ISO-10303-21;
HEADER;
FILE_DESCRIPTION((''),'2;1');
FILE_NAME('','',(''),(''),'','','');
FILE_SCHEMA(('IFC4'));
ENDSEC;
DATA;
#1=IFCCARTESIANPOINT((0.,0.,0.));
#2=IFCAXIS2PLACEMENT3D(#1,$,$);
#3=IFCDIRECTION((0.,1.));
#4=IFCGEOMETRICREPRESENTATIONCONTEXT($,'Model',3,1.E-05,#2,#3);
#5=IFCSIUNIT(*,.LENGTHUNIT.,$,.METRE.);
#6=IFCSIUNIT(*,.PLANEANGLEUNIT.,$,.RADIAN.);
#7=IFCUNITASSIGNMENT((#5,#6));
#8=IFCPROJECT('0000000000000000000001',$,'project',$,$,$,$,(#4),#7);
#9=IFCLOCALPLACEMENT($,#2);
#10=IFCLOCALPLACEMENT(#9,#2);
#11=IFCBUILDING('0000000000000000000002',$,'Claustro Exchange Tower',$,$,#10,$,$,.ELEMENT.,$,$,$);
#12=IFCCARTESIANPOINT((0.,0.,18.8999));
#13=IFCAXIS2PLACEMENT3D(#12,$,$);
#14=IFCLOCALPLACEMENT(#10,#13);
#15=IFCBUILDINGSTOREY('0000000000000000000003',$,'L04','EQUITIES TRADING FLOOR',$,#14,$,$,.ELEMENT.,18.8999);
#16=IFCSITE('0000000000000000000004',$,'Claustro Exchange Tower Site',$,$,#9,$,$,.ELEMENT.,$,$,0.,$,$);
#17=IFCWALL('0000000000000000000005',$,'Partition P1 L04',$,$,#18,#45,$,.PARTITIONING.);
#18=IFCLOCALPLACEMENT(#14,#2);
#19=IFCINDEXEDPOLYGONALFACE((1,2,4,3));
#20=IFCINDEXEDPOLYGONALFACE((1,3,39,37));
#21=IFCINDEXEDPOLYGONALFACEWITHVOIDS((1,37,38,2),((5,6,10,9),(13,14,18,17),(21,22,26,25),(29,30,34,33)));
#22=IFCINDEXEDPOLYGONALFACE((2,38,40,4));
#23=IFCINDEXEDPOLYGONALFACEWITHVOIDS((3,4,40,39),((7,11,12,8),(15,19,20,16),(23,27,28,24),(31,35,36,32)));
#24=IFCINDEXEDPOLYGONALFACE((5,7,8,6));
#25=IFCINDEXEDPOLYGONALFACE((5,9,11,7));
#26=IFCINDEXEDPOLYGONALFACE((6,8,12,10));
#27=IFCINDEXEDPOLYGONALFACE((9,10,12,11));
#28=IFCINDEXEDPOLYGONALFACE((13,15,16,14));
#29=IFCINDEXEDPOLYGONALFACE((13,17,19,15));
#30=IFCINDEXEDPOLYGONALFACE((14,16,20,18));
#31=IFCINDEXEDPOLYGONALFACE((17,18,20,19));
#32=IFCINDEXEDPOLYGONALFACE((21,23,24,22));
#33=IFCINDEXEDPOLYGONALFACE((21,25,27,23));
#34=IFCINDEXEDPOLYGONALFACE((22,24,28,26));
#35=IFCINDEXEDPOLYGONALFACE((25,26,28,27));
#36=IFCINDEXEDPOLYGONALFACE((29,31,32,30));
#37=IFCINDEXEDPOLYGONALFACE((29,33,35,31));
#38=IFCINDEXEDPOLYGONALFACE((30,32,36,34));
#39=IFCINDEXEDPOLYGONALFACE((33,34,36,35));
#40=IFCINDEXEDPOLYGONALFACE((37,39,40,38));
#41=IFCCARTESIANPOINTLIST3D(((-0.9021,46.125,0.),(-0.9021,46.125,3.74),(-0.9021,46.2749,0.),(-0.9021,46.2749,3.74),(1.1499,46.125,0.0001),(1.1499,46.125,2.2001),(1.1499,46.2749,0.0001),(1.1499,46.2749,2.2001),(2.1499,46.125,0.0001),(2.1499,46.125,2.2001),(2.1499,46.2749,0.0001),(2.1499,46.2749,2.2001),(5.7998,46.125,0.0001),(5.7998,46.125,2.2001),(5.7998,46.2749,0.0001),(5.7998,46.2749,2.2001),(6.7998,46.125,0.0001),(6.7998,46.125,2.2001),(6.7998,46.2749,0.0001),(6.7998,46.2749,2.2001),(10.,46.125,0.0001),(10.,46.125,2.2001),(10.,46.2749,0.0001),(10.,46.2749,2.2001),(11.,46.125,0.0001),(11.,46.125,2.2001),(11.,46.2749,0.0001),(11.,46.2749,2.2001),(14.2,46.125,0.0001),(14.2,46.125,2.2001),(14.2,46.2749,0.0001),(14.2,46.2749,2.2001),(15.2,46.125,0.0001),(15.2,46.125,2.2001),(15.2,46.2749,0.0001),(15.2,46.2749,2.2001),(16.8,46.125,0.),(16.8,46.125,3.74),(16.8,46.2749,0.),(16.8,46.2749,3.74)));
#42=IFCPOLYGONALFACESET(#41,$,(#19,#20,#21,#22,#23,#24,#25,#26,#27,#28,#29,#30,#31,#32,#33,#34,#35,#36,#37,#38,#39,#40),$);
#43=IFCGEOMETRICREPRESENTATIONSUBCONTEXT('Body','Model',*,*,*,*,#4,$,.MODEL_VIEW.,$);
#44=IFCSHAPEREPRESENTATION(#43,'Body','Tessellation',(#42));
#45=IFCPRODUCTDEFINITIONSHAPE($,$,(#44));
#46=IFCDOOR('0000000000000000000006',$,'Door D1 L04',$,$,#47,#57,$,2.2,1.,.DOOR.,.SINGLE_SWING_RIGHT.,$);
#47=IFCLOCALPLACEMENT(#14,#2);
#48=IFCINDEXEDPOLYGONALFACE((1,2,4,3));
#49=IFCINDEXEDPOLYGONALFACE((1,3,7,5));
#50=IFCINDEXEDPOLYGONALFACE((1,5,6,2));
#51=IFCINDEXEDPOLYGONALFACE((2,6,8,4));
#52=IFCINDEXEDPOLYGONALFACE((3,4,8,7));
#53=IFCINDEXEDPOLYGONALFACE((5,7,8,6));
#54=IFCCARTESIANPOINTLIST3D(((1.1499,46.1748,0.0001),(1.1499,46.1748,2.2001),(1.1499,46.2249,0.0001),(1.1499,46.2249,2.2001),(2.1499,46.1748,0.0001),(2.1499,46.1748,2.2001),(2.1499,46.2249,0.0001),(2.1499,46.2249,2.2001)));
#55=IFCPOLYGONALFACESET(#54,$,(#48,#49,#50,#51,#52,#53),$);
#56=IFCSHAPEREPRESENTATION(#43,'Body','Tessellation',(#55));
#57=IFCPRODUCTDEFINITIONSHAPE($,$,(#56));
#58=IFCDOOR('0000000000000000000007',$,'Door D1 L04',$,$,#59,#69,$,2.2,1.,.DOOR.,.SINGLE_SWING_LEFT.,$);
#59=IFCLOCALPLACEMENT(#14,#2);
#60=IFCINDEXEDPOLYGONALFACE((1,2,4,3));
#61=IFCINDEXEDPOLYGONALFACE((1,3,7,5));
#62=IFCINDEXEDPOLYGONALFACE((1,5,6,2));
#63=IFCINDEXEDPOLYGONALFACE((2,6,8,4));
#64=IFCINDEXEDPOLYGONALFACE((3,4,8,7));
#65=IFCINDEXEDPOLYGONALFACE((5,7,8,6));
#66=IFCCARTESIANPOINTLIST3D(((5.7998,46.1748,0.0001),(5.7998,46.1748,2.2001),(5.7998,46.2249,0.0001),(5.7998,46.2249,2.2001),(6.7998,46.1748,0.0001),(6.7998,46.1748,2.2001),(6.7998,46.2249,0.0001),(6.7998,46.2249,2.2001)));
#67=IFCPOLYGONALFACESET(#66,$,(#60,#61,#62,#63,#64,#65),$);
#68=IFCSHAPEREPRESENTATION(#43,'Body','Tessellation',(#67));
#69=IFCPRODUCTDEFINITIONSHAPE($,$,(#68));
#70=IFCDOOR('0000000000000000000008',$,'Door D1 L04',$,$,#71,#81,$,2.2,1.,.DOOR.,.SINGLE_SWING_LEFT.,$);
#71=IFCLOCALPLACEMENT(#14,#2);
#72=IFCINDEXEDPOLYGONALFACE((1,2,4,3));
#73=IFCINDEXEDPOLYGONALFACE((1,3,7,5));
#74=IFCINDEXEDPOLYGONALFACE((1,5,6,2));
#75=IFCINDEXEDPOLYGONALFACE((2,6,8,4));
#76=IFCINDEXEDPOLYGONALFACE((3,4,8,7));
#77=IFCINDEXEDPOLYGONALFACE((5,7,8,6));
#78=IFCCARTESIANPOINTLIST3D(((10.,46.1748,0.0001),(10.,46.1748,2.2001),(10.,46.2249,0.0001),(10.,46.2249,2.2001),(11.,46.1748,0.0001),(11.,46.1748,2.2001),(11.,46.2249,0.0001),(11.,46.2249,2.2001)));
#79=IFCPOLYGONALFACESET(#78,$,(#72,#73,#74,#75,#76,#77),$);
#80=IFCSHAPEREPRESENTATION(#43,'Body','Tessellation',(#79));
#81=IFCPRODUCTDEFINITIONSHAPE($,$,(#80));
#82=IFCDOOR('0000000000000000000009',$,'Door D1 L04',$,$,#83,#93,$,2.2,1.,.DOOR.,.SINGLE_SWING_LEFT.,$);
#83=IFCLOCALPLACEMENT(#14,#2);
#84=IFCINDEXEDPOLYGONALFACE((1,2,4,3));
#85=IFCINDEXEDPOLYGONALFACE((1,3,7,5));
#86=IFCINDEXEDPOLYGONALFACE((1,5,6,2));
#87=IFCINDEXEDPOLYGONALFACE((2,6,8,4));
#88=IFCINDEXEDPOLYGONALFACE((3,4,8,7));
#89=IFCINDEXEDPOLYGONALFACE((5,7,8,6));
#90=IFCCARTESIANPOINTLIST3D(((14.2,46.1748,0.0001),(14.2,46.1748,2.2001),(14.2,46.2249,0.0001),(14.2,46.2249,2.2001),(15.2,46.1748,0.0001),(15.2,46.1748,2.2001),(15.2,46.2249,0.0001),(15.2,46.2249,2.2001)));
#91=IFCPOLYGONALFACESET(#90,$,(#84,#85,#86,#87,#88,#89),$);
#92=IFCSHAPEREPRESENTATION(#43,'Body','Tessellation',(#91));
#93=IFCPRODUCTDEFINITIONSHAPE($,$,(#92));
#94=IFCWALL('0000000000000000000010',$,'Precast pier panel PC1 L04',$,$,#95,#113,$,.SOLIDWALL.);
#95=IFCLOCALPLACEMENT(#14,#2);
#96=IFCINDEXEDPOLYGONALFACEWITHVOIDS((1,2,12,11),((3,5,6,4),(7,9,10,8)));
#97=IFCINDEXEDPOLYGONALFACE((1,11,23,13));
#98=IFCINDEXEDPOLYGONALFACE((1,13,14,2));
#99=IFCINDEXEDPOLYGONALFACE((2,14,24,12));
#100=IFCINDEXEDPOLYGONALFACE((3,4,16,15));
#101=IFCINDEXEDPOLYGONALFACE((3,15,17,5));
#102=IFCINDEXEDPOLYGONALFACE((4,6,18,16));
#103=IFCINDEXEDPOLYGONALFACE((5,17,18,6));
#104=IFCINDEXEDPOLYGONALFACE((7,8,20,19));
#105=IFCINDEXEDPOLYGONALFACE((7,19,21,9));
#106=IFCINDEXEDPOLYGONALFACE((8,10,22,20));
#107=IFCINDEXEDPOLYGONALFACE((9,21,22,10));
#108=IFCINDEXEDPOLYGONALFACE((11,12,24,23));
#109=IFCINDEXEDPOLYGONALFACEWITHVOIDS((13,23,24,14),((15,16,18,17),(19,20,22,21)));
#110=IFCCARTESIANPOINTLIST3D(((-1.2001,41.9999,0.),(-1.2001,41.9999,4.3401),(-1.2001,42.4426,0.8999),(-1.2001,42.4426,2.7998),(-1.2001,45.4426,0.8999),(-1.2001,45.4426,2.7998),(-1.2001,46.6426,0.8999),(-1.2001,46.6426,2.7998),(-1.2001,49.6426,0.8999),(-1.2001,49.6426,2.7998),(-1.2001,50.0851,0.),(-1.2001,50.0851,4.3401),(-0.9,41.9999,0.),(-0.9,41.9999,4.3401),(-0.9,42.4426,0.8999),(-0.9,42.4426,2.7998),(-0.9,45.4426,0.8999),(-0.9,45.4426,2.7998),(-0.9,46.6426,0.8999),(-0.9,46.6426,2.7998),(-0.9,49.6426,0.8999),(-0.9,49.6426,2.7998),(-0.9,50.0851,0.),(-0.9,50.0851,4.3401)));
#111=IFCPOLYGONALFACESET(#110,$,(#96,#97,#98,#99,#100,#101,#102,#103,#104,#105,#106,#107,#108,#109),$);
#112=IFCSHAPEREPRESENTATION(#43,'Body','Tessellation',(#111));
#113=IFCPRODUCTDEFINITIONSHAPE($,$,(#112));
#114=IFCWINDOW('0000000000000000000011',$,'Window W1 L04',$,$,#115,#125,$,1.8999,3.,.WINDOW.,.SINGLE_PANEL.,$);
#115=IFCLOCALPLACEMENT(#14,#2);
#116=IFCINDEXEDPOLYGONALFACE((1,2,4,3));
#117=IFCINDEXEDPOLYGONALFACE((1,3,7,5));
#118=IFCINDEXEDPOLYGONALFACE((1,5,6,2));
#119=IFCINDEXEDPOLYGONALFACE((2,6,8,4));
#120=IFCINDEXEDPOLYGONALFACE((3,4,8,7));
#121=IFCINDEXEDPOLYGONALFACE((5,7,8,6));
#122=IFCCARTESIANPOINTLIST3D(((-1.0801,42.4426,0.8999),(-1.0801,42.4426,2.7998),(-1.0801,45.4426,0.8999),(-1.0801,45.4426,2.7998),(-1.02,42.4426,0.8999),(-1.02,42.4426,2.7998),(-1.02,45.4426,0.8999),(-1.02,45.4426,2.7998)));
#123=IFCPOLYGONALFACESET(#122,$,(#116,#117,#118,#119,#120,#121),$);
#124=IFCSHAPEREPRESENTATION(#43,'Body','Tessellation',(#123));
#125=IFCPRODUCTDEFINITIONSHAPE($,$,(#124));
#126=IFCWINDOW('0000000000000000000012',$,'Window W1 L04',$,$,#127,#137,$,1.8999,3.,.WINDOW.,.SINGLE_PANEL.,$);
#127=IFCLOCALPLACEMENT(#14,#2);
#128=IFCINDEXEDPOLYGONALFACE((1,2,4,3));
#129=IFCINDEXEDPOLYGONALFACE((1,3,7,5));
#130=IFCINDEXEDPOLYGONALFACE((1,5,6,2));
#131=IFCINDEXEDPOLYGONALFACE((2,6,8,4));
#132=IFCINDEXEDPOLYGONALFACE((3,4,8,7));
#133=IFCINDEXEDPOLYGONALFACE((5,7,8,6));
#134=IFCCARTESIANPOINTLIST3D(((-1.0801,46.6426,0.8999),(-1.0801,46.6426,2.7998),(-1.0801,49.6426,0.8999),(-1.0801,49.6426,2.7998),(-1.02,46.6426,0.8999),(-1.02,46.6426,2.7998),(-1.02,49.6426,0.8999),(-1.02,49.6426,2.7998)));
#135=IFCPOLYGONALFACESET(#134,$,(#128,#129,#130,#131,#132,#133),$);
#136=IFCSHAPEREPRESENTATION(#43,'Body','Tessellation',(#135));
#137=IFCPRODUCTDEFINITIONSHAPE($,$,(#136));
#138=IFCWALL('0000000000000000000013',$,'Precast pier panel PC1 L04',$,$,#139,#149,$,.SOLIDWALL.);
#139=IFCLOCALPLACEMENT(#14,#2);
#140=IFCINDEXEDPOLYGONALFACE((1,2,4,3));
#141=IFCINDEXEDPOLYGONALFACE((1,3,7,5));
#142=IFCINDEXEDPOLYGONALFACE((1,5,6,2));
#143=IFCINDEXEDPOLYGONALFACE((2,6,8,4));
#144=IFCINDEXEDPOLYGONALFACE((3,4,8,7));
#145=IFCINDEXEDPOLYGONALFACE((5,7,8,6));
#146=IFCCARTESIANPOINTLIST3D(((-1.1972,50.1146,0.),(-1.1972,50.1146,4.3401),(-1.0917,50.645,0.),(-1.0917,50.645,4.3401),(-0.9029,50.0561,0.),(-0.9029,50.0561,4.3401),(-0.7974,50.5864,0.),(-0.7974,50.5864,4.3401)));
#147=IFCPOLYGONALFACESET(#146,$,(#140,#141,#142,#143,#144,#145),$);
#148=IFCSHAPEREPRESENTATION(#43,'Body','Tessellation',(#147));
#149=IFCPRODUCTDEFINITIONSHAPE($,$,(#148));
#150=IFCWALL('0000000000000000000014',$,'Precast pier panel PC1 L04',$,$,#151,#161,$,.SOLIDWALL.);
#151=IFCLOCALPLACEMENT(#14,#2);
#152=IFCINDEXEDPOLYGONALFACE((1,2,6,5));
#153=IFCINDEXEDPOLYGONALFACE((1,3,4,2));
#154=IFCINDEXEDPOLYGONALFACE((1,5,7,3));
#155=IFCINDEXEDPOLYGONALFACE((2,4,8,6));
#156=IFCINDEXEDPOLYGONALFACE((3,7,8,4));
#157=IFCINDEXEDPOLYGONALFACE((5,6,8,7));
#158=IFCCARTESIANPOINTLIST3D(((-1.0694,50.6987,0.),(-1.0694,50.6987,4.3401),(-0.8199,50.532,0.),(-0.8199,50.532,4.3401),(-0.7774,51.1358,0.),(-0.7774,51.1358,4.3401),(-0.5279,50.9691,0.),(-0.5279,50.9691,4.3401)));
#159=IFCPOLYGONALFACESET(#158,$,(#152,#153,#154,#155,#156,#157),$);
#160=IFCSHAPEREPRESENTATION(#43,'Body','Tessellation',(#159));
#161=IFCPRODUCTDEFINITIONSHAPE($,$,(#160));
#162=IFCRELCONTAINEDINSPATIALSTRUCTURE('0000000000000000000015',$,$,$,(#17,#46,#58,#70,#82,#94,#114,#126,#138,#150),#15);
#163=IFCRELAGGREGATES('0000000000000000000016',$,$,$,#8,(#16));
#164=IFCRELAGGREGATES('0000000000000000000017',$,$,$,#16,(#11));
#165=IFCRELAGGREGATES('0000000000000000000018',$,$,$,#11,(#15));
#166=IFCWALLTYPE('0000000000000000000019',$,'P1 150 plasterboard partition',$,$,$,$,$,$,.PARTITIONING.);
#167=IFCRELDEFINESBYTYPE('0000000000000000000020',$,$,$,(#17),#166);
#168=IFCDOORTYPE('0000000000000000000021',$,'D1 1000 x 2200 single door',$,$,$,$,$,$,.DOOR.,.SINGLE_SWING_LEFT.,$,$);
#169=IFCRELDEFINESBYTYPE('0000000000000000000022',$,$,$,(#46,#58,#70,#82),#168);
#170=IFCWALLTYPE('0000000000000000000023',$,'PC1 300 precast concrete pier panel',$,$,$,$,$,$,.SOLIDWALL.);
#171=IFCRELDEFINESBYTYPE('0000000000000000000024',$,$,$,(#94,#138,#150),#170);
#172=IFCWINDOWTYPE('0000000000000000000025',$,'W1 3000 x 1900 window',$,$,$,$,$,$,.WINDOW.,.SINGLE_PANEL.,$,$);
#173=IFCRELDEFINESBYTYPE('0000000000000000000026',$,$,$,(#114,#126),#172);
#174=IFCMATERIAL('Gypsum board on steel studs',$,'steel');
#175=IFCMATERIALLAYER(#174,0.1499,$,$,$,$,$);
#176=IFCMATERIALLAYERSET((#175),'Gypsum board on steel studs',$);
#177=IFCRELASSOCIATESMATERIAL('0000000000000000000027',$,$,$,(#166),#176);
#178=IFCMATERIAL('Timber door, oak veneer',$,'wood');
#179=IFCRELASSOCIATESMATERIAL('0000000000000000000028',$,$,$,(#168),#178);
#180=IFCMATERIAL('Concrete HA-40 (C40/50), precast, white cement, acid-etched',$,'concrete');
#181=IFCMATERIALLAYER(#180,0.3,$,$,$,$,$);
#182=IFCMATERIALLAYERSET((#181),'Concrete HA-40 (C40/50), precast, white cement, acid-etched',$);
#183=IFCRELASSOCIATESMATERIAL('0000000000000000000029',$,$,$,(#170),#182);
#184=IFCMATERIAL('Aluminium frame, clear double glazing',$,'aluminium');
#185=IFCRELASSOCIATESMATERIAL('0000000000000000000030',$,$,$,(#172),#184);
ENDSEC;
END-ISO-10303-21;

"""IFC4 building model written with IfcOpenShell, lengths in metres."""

from ifc_helpers import new_model, si_unit, direction, frame, frame_2d, origin, place, context, subcontext, project, spatial, rectangle, extrude, material, layer, layer_set, type_object, element, fill, save


model = new_model("IFC4")

# Units and contexts
model_context = context("Model", 3, precision=1e-05, world=origin(), true_north=direction((0.0, 1.0)))
body_context = subcontext(model_context, "Body", "Model", "MODEL_VIEW")
ifc_project = project(units=[si_unit("LENGTHUNIT", "METRE"), si_unit("PLANEANGLEUNIT", "RADIAN")], contexts=[model_context])

# Site, building, storey
site_placement = place(None, origin())
site = spatial("IfcSite", under=ifc_project, at=site_placement, Name="Claustro Exchange Tower Site", CompositionType="ELEMENT", RefElevation=0.0)
building_placement = place(site_placement, origin())
building = spatial("IfcBuilding", under=site, at=building_placement, Name="Claustro Exchange Tower", CompositionType="ELEMENT")
storey_placement = place(building_placement, frame((0.0, 0.0, 18.8999)))
storey = spatial("IfcBuildingStorey", under=building, at=storey_placement, Name="L04", Description="EQUITIES TRADING FLOOR", CompositionType="ELEMENT", Elevation=18.8999)

# Wall, openings, doors
ifc_material_1 = material(Name="Gypsum board on steel studs", Category="steel")
ifc_layer_1 = layer(ifc_material_1, 0.1499)
ifc_layer_set_1 = layer_set([ifc_layer_1], Name="Gypsum board on steel studs")
wall_type_1 = type_object("IfcWallType", Name="P1 150 plasterboard partition", PredefinedType="PARTITIONING", material=ifc_layer_set_1)
wall_1_placement = place(storey_placement, frame((-0.9021, 46.2, 0.0), z_axis=(0.0, 0.0, 1.0), x_axis=(1.0, 0.0, 0.0)))
wall_1 = element("IfcWall", 1, at=wall_1_placement, inside=storey, type_object=wall_type_1, Name="Partition P1 L04", PredefinedType="PARTITIONING", context=body_context, shape_type="SweptSolid", body=[
    extrude(rectangle(XDim=17.7021, YDim=0.1499, at=frame_2d((8.8511, 0.0))), origin(), (0.0, 0.0, 1.0), 3.74),
])
opening_1_placement = place(wall_1_placement, frame((2.052, 0.0, 0.0)))
opening_1 = element("IfcOpeningElement", 2, at=opening_1_placement, cuts=wall_1, PredefinedType="OPENING", context=body_context, shape_type="SweptSolid", body=[
    extrude(rectangle(XDim=1.0, YDim=2.2, at=frame_2d((0.5, 1.1001))), frame((0.0, 0.085, 0.0), z_axis=(0.0, -1.0, 0.0), x_axis=(1.0, 0.0, 0.0)), (0.0, 0.0, 1.0), 0.1699),
])
opening_2_placement = place(wall_1_placement, frame((6.7019, 0.0, 0.0)))
opening_2 = element("IfcOpeningElement", 3, at=opening_2_placement, cuts=wall_1, PredefinedType="OPENING", context=body_context, shape_type="SweptSolid", body=[
    extrude(rectangle(XDim=1.0, YDim=2.2, at=frame_2d((0.5, 1.1001))), frame((0.0, 0.085, 0.0), z_axis=(0.0, -1.0, 0.0), x_axis=(1.0, 0.0, 0.0)), (0.0, 0.0, 1.0), 0.1699),
])
opening_3_placement = place(wall_1_placement, frame((10.9021, 0.0, 0.0)))
opening_3 = element("IfcOpeningElement", 4, at=opening_3_placement, cuts=wall_1, PredefinedType="OPENING", context=body_context, shape_type="SweptSolid", body=[
    extrude(rectangle(XDim=1.0, YDim=2.2, at=frame_2d((0.5, 1.1001))), frame((0.0, 0.085, 0.0), z_axis=(0.0, -1.0, 0.0), x_axis=(1.0, 0.0, 0.0)), (0.0, 0.0, 1.0), 0.1699),
])
opening_4_placement = place(wall_1_placement, frame((15.1021, 0.0, 0.0)))
opening_4 = element("IfcOpeningElement", 5, at=opening_4_placement, cuts=wall_1, PredefinedType="OPENING", context=body_context, shape_type="SweptSolid", body=[
    extrude(rectangle(XDim=1.0, YDim=2.2, at=frame_2d((0.5, 1.1001))), frame((0.0, 0.085, 0.0), z_axis=(0.0, -1.0, 0.0), x_axis=(1.0, 0.0, 0.0)), (0.0, 0.0, 1.0), 0.1699),
])
ifc_material_2 = material(Name="Timber door, oak veneer", Category="wood")
door_type = type_object("IfcDoorType", Name="D1 1000 x 2200 single door", OperationType="SINGLE_SWING_LEFT", PredefinedType="DOOR", material=ifc_material_2)
door_1_placement = place(opening_1_placement, origin())
door_1 = element("IfcDoor", 6, at=door_1_placement, inside=storey, type_object=door_type, Name="Door D1 L04", OperationType="SINGLE_SWING_RIGHT", OverallHeight=2.2, OverallWidth=1.0, PredefinedType="DOOR", context=body_context, shape_type="SweptSolid", body=[
    extrude(rectangle(XDim=1.0, YDim=2.2, at=frame_2d((0.5, 1.1001))), frame((0.0, 0.0249, 0.0), z_axis=(0.0, -1.0, 0.0), x_axis=(1.0, 0.0, 0.0)), (0.0, 0.0, 1.0), 0.05),
])
fill(opening_1, door_1)
door_2_placement = place(opening_2_placement, origin())
door_2 = element("IfcDoor", 7, at=door_2_placement, inside=storey, type_object=door_type, Name="Door D1 L04", OperationType="SINGLE_SWING_LEFT", OverallHeight=2.2, OverallWidth=1.0, PredefinedType="DOOR", context=body_context, shape_type="SweptSolid", body=[
    extrude(rectangle(XDim=1.0, YDim=2.2, at=frame_2d((0.5, 1.1001))), frame((0.0, 0.0249, 0.0), z_axis=(0.0, -1.0, 0.0), x_axis=(1.0, 0.0, 0.0)), (0.0, 0.0, 1.0), 0.05),
])
fill(opening_2, door_2)
door_3_placement = place(opening_3_placement, origin())
door_3 = element("IfcDoor", 8, at=door_3_placement, inside=storey, type_object=door_type, Name="Door D1 L04", OperationType="SINGLE_SWING_LEFT", OverallHeight=2.2, OverallWidth=1.0, PredefinedType="DOOR", context=body_context, shape_type="SweptSolid", body=[
    extrude(rectangle(XDim=1.0, YDim=2.2, at=frame_2d((0.5, 1.1001))), frame((0.0, 0.0249, 0.0), z_axis=(0.0, -1.0, 0.0), x_axis=(1.0, 0.0, 0.0)), (0.0, 0.0, 1.0), 0.05),
])
fill(opening_3, door_3)
door_4_placement = place(opening_4_placement, origin())
door_4 = element("IfcDoor", 9, at=door_4_placement, inside=storey, type_object=door_type, Name="Door D1 L04", OperationType="SINGLE_SWING_LEFT", OverallHeight=2.2, OverallWidth=1.0, PredefinedType="DOOR", context=body_context, shape_type="SweptSolid", body=[
    extrude(rectangle(XDim=1.0, YDim=2.2, at=frame_2d((0.5, 1.1001))), frame((0.0, 0.0249, 0.0), z_axis=(0.0, -1.0, 0.0), x_axis=(1.0, 0.0, 0.0)), (0.0, 0.0, 1.0), 0.05),
])
fill(opening_4, door_4)

# Wall, openings, windows
ifc_material_3 = material(Name="Concrete HA-40 (C40/50), precast, white cement, acid-etched", Category="concrete")
ifc_layer_2 = layer(ifc_material_3, 0.3)
ifc_layer_set_2 = layer_set([ifc_layer_2], Name="Concrete HA-40 (C40/50), precast, white cement, acid-etched")
wall_type_2 = type_object("IfcWallType", Name="PC1 300 precast concrete pier panel", PredefinedType="SOLIDWALL", material=ifc_layer_set_2)
wall_2_placement = place(storey_placement, frame((-1.05, 42.0, 0.0), z_axis=(0.0, 0.0, 1.0), x_axis=(0.0, 1.0, 0.0)))
wall_2 = element("IfcWall", 10, at=wall_2_placement, inside=storey, type_object=wall_type_2, Name="Precast pier panel PC1 L04", PredefinedType="SOLIDWALL", context=body_context, shape_type="SweptSolid", body=[
    extrude(rectangle(XDim=8.0852, YDim=0.3, at=frame_2d((4.0425, 0.0))), origin(), (0.0, 0.0, 1.0), 4.3401),
])
opening_5_placement = place(wall_2_placement, frame((0.4426, 0.0, 0.8999)))
opening_5 = element("IfcOpeningElement", 11, at=opening_5_placement, cuts=wall_2, PredefinedType="OPENING", context=body_context, shape_type="SweptSolid", body=[
    extrude(rectangle(XDim=3.0, YDim=1.8999, at=frame_2d((1.5, 0.95))), frame((0.0, 0.1599, 0.0), z_axis=(0.0, -1.0, 0.0), x_axis=(1.0, 0.0, 0.0)), (0.0, 0.0, 1.0), 0.3201),
])
opening_6_placement = place(wall_2_placement, frame((4.6426, 0.0, 0.8999)))
opening_6 = element("IfcOpeningElement", 12, at=opening_6_placement, cuts=wall_2, PredefinedType="OPENING", context=body_context, shape_type="SweptSolid", body=[
    extrude(rectangle(XDim=3.0, YDim=1.8999, at=frame_2d((1.5, 0.95))), frame((0.0, 0.1599, 0.0), z_axis=(0.0, -1.0, 0.0), x_axis=(1.0, 0.0, 0.0)), (0.0, 0.0, 1.0), 0.3201),
])
ifc_material_4 = material(Name="Aluminium frame, clear double glazing", Category="aluminium")
window_type = type_object("IfcWindowType", Name="W1 3000 x 1900 window", PartitioningType="SINGLE_PANEL", PredefinedType="WINDOW", material=ifc_material_4)
window_1_placement = place(opening_5_placement, origin())
window_1 = element("IfcWindow", 13, at=window_1_placement, inside=storey, type_object=window_type, Name="Window W1 L04", OverallHeight=1.8999, OverallWidth=3.0, PartitioningType="SINGLE_PANEL", PredefinedType="WINDOW", context=body_context, shape_type="SweptSolid", body=[
    extrude(rectangle(XDim=3.0, YDim=1.8999, at=frame_2d((1.5, 0.95))), frame((0.0, 0.03, 0.0), z_axis=(0.0, -1.0, 0.0), x_axis=(1.0, 0.0, 0.0)), (0.0, 0.0, 1.0), 0.0601),
])
fill(opening_5, window_1)
window_2_placement = place(opening_6_placement, origin())
window_2 = element("IfcWindow", 14, at=window_2_placement, inside=storey, type_object=window_type, Name="Window W1 L04", OverallHeight=1.8999, OverallWidth=3.0, PartitioningType="SINGLE_PANEL", PredefinedType="WINDOW", context=body_context, shape_type="SweptSolid", body=[
    extrude(rectangle(XDim=3.0, YDim=1.8999, at=frame_2d((1.5, 0.95))), frame((0.0, 0.03, 0.0), z_axis=(0.0, -1.0, 0.0), x_axis=(1.0, 0.0, 0.0)), (0.0, 0.0, 1.0), 0.0601),
])
fill(opening_6, window_2)

# Walls
wall_3_placement = place(storey_placement, frame((-1.05, 50.0852, 0.0), z_axis=(0.0, 0.0, 1.0), x_axis=(0.195074, 0.980789, 0.0)))
element("IfcWall", 15, at=wall_3_placement, inside=storey, type_object=wall_type_2, Name="Precast pier panel PC1 L04", PredefinedType="SOLIDWALL", context=body_context, shape_type="SweptSolid", body=[
    extrude(rectangle(XDim=0.5408, YDim=0.3, at=frame_2d((0.2705, 0.0))), origin(), (0.0, 0.0, 1.0), 4.3401),
])
for number, where, z_axis, x_axis, name in (
    (16, (-0.9446, 50.6155, 0.0), (0.0, 0.0, 1.0), (0.555557, 0.831478, 0.0), "Precast pier panel PC1 L04"),
):
    element("IfcWall", number, at=place(storey_placement, frame(where, z_axis=z_axis, x_axis=x_axis)), inside=storey, type_object=wall_type_2, Name=name, PredefinedType="SOLIDWALL", context=body_context, shape_type="SweptSolid", body=[
        extrude(rectangle(XDim=0.5256, YDim=0.3, at=frame_2d((0.2627, 0.0))), origin(), (0.0, 0.0, 1.0), 4.3401),
    ])

save(model, "model.ifc")
